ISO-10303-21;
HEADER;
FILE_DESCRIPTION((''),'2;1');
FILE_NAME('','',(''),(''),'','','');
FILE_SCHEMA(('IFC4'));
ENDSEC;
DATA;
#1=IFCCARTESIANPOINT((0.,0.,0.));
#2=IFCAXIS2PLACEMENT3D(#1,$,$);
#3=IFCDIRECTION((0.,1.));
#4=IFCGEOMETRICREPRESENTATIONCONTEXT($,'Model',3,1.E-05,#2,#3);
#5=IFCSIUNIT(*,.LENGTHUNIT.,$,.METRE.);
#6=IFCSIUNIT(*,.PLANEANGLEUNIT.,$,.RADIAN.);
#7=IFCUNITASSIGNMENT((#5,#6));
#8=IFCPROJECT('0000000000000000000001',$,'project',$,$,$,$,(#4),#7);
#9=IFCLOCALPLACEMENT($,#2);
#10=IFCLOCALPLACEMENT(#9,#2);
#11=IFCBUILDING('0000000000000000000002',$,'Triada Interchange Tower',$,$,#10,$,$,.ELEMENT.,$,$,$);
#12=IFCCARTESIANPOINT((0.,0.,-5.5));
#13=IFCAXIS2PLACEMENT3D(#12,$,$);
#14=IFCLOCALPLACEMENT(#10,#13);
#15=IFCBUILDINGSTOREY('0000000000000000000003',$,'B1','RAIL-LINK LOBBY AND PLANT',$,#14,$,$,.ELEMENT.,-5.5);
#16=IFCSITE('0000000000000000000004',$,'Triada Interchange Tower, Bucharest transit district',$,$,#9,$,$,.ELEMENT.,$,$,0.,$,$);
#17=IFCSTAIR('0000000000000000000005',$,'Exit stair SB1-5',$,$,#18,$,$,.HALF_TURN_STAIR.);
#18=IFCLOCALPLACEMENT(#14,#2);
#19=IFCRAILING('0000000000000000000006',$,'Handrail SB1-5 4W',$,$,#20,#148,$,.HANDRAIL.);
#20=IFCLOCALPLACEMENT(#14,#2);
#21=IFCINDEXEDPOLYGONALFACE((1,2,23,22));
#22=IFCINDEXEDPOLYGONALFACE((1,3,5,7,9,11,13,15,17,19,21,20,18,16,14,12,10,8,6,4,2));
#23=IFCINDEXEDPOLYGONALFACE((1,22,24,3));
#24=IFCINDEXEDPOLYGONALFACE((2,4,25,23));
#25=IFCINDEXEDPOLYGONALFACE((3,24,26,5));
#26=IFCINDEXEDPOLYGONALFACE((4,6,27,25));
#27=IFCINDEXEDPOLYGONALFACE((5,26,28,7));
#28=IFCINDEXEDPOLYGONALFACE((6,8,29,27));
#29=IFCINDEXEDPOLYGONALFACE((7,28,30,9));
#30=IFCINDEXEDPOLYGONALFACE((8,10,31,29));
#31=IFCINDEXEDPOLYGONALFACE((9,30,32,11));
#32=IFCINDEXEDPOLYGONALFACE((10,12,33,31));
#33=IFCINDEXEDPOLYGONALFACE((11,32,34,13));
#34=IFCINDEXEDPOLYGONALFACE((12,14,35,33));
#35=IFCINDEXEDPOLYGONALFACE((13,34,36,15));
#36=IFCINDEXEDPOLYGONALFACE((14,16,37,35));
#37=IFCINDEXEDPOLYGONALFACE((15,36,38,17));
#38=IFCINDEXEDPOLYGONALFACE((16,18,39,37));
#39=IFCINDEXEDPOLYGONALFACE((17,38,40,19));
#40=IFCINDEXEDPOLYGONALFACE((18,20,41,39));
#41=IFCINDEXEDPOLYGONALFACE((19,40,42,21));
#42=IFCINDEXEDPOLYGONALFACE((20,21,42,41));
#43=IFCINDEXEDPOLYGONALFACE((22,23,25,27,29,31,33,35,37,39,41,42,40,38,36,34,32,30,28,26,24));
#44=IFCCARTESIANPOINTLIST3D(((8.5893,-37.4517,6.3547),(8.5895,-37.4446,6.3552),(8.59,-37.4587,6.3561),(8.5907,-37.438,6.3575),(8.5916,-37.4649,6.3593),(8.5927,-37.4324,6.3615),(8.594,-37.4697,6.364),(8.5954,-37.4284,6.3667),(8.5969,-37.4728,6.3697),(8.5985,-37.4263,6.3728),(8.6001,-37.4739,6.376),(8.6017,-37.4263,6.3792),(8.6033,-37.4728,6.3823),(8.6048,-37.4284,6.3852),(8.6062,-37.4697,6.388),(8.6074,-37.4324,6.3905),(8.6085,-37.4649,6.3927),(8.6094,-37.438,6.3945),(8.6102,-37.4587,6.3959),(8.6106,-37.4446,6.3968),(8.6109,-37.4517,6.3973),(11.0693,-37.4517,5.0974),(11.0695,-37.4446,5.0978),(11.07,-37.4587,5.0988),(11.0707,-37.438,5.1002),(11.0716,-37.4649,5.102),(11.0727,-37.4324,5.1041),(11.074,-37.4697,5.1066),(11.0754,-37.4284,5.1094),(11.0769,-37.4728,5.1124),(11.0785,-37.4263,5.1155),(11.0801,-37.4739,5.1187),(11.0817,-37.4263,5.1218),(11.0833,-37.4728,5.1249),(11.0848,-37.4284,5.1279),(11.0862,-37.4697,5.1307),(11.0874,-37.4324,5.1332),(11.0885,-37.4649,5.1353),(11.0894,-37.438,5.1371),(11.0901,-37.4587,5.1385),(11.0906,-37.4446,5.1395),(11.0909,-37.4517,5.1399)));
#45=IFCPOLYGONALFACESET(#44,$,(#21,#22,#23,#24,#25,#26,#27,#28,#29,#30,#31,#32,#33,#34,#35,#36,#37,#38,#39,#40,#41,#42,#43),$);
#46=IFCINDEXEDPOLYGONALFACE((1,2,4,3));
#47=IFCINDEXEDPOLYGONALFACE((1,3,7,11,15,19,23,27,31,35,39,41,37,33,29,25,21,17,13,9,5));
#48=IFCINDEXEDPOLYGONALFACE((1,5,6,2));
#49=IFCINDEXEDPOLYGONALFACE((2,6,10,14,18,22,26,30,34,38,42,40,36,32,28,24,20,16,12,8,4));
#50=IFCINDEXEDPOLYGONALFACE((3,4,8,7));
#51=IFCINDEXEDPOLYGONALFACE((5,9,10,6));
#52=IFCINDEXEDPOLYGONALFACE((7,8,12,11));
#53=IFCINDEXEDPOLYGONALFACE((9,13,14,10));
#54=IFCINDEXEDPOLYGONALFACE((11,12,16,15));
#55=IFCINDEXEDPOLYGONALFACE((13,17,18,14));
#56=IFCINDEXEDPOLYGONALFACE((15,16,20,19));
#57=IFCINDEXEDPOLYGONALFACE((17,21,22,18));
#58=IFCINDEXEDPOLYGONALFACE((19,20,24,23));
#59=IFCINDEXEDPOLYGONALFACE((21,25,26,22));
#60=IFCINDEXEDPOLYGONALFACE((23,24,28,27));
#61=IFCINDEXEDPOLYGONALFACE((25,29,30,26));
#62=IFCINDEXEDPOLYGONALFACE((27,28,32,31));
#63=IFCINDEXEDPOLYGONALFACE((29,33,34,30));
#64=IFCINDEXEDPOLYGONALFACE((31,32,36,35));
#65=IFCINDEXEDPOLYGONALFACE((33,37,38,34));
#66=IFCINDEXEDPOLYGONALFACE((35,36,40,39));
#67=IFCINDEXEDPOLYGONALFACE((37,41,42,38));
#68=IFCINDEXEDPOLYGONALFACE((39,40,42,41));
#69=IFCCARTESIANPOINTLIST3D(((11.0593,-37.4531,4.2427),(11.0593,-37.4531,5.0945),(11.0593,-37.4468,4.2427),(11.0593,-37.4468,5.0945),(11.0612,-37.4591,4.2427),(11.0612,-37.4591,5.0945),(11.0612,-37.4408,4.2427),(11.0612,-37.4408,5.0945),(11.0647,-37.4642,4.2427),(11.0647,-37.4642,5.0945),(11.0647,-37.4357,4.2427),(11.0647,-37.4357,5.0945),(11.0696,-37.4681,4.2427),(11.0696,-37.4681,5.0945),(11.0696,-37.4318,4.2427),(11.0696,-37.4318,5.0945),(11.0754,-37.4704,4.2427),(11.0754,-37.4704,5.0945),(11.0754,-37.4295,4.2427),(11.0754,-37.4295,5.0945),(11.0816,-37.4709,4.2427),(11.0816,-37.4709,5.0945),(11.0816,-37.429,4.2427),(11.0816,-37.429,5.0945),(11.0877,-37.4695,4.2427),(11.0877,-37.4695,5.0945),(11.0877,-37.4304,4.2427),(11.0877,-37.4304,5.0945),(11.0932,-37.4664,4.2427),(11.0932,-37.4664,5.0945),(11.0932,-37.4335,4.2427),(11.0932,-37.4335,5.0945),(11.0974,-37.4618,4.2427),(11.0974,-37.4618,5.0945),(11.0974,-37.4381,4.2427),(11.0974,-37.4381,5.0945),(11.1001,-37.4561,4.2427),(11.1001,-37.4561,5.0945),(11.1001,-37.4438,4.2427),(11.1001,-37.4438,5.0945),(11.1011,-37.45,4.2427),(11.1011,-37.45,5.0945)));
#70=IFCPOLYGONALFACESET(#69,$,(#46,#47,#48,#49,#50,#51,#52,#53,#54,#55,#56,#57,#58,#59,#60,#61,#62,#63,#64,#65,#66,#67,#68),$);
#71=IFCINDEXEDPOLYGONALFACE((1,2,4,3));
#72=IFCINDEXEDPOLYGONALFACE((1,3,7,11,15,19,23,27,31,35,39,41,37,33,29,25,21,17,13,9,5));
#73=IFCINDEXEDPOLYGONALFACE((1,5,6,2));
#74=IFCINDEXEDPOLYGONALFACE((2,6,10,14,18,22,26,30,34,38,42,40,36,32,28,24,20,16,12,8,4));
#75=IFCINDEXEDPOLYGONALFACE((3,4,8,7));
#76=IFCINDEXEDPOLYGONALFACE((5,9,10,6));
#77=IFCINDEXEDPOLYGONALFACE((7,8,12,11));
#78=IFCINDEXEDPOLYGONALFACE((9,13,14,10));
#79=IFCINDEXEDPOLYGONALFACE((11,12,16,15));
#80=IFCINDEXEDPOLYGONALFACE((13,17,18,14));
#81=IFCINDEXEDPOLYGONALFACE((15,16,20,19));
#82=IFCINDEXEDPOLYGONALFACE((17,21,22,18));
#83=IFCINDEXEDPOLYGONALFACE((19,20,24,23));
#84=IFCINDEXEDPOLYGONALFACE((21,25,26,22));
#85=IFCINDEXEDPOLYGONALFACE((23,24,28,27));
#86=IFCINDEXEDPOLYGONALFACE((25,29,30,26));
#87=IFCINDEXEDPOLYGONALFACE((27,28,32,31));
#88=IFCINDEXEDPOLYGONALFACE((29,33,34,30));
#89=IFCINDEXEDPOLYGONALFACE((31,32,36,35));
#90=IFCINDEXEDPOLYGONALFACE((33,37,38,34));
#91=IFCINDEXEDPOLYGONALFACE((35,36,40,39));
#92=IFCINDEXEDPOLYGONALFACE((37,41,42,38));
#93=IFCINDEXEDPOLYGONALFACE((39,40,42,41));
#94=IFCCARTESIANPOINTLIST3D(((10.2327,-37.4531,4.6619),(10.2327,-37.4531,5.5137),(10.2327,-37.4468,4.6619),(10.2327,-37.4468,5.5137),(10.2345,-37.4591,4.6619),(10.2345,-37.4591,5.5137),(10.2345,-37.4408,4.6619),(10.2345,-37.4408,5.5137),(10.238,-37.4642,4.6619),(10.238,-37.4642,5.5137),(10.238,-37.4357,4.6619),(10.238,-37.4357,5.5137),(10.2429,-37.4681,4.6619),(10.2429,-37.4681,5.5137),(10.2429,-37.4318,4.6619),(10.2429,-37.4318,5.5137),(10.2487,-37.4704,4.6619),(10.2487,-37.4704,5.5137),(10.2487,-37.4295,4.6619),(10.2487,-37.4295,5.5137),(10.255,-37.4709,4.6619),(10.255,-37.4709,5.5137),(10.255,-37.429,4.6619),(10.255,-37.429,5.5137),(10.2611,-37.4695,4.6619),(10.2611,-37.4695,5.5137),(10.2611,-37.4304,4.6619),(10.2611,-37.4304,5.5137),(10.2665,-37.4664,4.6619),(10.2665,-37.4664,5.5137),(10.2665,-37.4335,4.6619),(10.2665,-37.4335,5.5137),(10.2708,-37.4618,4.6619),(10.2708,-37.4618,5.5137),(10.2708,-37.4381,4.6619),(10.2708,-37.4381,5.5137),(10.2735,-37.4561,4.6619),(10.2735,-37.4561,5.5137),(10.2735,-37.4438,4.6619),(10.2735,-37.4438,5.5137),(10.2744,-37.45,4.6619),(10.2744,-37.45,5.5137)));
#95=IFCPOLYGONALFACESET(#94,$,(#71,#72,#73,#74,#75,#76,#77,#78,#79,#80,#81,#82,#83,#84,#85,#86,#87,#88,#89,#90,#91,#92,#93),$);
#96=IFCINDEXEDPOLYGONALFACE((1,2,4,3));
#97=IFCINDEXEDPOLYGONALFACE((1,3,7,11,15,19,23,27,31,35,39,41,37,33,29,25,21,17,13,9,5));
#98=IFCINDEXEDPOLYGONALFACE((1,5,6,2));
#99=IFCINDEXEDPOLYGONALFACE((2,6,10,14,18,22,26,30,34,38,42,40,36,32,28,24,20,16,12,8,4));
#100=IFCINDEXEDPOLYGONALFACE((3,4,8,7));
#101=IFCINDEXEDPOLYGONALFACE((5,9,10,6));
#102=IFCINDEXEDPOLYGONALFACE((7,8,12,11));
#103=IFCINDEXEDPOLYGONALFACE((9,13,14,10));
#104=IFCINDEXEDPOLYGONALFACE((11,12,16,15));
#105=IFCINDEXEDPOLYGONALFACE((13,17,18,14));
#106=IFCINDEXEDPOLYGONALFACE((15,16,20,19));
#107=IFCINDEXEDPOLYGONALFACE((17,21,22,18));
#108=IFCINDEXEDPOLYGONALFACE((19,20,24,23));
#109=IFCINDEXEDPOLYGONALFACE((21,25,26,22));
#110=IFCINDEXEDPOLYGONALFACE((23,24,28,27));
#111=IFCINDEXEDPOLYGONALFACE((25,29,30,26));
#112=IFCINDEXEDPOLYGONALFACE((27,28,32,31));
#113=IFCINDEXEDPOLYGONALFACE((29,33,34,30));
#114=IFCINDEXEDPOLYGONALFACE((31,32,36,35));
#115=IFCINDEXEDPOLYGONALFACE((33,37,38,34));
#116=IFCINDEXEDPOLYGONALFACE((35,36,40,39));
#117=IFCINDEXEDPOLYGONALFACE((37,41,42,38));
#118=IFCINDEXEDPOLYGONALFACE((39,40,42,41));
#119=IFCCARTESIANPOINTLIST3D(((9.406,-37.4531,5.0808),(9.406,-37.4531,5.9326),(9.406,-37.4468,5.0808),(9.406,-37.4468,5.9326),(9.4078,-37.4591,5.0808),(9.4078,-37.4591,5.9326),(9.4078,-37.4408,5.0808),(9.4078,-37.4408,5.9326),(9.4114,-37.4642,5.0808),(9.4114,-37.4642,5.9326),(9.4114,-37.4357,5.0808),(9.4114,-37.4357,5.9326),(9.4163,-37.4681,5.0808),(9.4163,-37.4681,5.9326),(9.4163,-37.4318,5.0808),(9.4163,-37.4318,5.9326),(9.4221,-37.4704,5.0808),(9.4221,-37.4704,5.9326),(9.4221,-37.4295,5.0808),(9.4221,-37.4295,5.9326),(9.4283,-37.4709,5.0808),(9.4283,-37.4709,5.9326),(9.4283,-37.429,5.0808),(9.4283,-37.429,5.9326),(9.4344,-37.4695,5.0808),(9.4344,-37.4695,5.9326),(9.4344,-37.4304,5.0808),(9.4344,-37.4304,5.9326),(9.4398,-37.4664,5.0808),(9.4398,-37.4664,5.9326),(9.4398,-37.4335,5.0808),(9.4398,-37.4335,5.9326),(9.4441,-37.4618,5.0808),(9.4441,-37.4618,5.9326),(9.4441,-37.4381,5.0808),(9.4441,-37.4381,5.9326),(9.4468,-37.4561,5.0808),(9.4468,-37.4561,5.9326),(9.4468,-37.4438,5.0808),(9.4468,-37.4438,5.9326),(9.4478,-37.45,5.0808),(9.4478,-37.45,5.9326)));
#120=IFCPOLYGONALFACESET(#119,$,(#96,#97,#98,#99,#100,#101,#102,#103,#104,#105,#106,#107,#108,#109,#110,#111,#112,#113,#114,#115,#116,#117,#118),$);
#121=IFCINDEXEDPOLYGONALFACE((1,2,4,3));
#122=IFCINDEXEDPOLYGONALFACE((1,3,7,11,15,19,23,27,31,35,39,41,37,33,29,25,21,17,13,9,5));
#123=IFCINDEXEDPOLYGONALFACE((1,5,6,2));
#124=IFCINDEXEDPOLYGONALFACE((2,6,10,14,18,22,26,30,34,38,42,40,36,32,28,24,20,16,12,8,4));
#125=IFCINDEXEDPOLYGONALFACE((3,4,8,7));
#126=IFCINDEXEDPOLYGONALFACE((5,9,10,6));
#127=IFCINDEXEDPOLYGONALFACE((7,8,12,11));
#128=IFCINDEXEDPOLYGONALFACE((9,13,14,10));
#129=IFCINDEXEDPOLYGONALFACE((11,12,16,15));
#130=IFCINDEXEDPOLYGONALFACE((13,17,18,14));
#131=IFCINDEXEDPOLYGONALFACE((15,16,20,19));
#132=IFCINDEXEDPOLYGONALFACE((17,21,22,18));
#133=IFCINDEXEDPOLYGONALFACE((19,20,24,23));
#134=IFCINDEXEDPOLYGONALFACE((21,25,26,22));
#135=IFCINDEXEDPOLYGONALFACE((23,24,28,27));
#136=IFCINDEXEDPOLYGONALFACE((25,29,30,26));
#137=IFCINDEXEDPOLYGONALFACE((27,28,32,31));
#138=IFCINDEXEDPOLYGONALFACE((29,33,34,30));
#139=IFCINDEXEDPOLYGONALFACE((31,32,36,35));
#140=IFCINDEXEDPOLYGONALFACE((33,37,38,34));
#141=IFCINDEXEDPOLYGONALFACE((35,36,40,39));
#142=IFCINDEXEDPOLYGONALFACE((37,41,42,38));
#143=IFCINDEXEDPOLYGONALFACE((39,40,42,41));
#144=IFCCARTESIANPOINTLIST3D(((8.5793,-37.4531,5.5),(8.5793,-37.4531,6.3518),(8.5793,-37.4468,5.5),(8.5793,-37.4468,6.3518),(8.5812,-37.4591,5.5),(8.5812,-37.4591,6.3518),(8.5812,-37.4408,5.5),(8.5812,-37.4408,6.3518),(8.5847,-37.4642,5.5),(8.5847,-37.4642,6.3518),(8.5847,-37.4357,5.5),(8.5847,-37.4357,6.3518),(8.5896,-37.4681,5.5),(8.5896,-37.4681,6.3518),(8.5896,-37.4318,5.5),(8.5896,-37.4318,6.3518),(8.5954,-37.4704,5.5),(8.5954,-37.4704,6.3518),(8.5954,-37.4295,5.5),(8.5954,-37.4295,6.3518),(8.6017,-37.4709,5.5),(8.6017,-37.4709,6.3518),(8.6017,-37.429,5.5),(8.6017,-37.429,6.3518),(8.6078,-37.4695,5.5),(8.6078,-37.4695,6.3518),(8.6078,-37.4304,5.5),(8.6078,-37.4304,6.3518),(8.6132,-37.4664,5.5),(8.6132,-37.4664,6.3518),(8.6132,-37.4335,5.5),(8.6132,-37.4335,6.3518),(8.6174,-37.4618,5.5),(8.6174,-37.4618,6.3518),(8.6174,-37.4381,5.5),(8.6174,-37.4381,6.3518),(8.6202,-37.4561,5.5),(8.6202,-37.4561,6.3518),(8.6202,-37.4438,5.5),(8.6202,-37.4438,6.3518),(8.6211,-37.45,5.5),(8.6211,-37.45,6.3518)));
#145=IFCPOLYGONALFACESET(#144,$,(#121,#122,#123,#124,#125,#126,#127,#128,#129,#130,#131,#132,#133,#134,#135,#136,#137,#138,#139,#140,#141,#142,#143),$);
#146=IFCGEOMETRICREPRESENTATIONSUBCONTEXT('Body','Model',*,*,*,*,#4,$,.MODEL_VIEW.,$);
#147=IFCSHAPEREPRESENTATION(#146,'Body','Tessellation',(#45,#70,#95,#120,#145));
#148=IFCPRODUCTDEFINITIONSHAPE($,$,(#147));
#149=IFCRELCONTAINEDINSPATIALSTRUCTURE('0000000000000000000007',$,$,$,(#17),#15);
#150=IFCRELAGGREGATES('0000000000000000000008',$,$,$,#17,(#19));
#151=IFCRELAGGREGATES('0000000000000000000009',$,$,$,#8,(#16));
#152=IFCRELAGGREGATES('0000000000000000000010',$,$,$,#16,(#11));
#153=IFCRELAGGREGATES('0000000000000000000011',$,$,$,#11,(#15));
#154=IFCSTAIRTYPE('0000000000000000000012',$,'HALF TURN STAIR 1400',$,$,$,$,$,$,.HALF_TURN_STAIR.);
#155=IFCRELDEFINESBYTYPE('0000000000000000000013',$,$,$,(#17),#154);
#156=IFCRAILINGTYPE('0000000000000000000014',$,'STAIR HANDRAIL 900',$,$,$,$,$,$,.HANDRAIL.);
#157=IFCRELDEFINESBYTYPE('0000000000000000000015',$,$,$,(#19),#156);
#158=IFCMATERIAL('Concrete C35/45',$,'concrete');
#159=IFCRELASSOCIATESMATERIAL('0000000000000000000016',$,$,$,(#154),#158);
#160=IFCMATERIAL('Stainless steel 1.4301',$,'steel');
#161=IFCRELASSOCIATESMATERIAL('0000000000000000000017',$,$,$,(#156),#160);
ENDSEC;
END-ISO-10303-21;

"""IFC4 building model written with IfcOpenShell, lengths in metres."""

from ifc_helpers import new_model, si_unit, direction, frame, origin, origin_2d, place, context, subcontext, project, spatial, circle, extrude, material, type_object, element, aggregate, save


model = new_model("IFC4")

# Units and contexts
model_context = context("Model", 3, precision=1e-05, world=origin(), true_north=direction((0.0, 1.0)))
body_context = subcontext(model_context, "Body", "Model", "MODEL_VIEW")
ifc_project = project(units=[si_unit("LENGTHUNIT", "METRE"), si_unit("PLANEANGLEUNIT", "RADIAN")], contexts=[model_context])

# Site, building, storey
site_placement = place(None, origin())
site = spatial("IfcSite", under=ifc_project, at=site_placement, Name="Triada Interchange Tower, Bucharest transit district", CompositionType="ELEMENT", RefElevation=0.0)
building_placement = place(site_placement, origin())
building = spatial("IfcBuilding", under=site, at=building_placement, Name="Triada Interchange Tower", CompositionType="ELEMENT")
storey_placement = place(building_placement, frame((0.0, 0.0, -5.5)))
storey = spatial("IfcBuildingStorey", under=building, at=storey_placement, Name="B1", Description="RAIL-LINK LOBBY AND PLANT", CompositionType="ELEMENT", Elevation=-5.5)

# Shared definitions
ifc_material_1 = material(Name="Concrete C35/45", Category="concrete")

# Stair, railing
stair_type = type_object("IfcStairType", Name="HALF TURN STAIR 1400", PredefinedType="HALF_TURN_STAIR", material=ifc_material_1)
stair_placement = place(storey_placement, origin())
stair = element("IfcStair", 1, at=stair_placement, inside=storey, type_object=stair_type, Name="Exit stair SB1-5", PredefinedType="HALF_TURN_STAIR")
ifc_material_2 = material(Name="Stainless steel 1.4301", Category="steel")
railing_type = type_object("IfcRailingType", Name="STAIR HANDRAIL 900", PredefinedType="HANDRAIL", material=ifc_material_2)
railing_1_placement = place(storey_placement, frame((11.0801, -37.45, 4.2427)))
railing_1 = element("IfcRailing", 2, at=railing_1_placement, type_object=railing_type, Name="Handrail SB1-5 4W", PredefinedType="HANDRAIL", context=body_context, shape_type="SweptSolid", body=[
    extrude(circle(Radius=0.0239, at=origin_2d()), frame((0.0, 0.0, 0.876), z_axis=(-0.89192, 0.0, 0.452194), x_axis=(0.0, -1.0, 0.0)), (0.0, 0.0, 1.0), 2.7805),
    extrude(circle(Radius=0.021, at=origin_2d()), origin(), (0.0, 0.0, 1.0), 0.8518),
    extrude(circle(Radius=0.021, at=origin_2d()), frame((-0.8267, 0.0, 0.4192)), (0.0, 0.0, 1.0), 0.8518),
    extrude(circle(Radius=0.021, at=origin_2d()), frame((-1.6533, 0.0, 0.8381)), (0.0, 0.0, 1.0), 0.8518),
    extrude(circle(Radius=0.021, at=origin_2d()), frame((-2.48, 0.0, 1.2573)), (0.0, 0.0, 1.0), 0.8518),
])
aggregate(stair, [railing_1])

save(model, "model.ifc")
